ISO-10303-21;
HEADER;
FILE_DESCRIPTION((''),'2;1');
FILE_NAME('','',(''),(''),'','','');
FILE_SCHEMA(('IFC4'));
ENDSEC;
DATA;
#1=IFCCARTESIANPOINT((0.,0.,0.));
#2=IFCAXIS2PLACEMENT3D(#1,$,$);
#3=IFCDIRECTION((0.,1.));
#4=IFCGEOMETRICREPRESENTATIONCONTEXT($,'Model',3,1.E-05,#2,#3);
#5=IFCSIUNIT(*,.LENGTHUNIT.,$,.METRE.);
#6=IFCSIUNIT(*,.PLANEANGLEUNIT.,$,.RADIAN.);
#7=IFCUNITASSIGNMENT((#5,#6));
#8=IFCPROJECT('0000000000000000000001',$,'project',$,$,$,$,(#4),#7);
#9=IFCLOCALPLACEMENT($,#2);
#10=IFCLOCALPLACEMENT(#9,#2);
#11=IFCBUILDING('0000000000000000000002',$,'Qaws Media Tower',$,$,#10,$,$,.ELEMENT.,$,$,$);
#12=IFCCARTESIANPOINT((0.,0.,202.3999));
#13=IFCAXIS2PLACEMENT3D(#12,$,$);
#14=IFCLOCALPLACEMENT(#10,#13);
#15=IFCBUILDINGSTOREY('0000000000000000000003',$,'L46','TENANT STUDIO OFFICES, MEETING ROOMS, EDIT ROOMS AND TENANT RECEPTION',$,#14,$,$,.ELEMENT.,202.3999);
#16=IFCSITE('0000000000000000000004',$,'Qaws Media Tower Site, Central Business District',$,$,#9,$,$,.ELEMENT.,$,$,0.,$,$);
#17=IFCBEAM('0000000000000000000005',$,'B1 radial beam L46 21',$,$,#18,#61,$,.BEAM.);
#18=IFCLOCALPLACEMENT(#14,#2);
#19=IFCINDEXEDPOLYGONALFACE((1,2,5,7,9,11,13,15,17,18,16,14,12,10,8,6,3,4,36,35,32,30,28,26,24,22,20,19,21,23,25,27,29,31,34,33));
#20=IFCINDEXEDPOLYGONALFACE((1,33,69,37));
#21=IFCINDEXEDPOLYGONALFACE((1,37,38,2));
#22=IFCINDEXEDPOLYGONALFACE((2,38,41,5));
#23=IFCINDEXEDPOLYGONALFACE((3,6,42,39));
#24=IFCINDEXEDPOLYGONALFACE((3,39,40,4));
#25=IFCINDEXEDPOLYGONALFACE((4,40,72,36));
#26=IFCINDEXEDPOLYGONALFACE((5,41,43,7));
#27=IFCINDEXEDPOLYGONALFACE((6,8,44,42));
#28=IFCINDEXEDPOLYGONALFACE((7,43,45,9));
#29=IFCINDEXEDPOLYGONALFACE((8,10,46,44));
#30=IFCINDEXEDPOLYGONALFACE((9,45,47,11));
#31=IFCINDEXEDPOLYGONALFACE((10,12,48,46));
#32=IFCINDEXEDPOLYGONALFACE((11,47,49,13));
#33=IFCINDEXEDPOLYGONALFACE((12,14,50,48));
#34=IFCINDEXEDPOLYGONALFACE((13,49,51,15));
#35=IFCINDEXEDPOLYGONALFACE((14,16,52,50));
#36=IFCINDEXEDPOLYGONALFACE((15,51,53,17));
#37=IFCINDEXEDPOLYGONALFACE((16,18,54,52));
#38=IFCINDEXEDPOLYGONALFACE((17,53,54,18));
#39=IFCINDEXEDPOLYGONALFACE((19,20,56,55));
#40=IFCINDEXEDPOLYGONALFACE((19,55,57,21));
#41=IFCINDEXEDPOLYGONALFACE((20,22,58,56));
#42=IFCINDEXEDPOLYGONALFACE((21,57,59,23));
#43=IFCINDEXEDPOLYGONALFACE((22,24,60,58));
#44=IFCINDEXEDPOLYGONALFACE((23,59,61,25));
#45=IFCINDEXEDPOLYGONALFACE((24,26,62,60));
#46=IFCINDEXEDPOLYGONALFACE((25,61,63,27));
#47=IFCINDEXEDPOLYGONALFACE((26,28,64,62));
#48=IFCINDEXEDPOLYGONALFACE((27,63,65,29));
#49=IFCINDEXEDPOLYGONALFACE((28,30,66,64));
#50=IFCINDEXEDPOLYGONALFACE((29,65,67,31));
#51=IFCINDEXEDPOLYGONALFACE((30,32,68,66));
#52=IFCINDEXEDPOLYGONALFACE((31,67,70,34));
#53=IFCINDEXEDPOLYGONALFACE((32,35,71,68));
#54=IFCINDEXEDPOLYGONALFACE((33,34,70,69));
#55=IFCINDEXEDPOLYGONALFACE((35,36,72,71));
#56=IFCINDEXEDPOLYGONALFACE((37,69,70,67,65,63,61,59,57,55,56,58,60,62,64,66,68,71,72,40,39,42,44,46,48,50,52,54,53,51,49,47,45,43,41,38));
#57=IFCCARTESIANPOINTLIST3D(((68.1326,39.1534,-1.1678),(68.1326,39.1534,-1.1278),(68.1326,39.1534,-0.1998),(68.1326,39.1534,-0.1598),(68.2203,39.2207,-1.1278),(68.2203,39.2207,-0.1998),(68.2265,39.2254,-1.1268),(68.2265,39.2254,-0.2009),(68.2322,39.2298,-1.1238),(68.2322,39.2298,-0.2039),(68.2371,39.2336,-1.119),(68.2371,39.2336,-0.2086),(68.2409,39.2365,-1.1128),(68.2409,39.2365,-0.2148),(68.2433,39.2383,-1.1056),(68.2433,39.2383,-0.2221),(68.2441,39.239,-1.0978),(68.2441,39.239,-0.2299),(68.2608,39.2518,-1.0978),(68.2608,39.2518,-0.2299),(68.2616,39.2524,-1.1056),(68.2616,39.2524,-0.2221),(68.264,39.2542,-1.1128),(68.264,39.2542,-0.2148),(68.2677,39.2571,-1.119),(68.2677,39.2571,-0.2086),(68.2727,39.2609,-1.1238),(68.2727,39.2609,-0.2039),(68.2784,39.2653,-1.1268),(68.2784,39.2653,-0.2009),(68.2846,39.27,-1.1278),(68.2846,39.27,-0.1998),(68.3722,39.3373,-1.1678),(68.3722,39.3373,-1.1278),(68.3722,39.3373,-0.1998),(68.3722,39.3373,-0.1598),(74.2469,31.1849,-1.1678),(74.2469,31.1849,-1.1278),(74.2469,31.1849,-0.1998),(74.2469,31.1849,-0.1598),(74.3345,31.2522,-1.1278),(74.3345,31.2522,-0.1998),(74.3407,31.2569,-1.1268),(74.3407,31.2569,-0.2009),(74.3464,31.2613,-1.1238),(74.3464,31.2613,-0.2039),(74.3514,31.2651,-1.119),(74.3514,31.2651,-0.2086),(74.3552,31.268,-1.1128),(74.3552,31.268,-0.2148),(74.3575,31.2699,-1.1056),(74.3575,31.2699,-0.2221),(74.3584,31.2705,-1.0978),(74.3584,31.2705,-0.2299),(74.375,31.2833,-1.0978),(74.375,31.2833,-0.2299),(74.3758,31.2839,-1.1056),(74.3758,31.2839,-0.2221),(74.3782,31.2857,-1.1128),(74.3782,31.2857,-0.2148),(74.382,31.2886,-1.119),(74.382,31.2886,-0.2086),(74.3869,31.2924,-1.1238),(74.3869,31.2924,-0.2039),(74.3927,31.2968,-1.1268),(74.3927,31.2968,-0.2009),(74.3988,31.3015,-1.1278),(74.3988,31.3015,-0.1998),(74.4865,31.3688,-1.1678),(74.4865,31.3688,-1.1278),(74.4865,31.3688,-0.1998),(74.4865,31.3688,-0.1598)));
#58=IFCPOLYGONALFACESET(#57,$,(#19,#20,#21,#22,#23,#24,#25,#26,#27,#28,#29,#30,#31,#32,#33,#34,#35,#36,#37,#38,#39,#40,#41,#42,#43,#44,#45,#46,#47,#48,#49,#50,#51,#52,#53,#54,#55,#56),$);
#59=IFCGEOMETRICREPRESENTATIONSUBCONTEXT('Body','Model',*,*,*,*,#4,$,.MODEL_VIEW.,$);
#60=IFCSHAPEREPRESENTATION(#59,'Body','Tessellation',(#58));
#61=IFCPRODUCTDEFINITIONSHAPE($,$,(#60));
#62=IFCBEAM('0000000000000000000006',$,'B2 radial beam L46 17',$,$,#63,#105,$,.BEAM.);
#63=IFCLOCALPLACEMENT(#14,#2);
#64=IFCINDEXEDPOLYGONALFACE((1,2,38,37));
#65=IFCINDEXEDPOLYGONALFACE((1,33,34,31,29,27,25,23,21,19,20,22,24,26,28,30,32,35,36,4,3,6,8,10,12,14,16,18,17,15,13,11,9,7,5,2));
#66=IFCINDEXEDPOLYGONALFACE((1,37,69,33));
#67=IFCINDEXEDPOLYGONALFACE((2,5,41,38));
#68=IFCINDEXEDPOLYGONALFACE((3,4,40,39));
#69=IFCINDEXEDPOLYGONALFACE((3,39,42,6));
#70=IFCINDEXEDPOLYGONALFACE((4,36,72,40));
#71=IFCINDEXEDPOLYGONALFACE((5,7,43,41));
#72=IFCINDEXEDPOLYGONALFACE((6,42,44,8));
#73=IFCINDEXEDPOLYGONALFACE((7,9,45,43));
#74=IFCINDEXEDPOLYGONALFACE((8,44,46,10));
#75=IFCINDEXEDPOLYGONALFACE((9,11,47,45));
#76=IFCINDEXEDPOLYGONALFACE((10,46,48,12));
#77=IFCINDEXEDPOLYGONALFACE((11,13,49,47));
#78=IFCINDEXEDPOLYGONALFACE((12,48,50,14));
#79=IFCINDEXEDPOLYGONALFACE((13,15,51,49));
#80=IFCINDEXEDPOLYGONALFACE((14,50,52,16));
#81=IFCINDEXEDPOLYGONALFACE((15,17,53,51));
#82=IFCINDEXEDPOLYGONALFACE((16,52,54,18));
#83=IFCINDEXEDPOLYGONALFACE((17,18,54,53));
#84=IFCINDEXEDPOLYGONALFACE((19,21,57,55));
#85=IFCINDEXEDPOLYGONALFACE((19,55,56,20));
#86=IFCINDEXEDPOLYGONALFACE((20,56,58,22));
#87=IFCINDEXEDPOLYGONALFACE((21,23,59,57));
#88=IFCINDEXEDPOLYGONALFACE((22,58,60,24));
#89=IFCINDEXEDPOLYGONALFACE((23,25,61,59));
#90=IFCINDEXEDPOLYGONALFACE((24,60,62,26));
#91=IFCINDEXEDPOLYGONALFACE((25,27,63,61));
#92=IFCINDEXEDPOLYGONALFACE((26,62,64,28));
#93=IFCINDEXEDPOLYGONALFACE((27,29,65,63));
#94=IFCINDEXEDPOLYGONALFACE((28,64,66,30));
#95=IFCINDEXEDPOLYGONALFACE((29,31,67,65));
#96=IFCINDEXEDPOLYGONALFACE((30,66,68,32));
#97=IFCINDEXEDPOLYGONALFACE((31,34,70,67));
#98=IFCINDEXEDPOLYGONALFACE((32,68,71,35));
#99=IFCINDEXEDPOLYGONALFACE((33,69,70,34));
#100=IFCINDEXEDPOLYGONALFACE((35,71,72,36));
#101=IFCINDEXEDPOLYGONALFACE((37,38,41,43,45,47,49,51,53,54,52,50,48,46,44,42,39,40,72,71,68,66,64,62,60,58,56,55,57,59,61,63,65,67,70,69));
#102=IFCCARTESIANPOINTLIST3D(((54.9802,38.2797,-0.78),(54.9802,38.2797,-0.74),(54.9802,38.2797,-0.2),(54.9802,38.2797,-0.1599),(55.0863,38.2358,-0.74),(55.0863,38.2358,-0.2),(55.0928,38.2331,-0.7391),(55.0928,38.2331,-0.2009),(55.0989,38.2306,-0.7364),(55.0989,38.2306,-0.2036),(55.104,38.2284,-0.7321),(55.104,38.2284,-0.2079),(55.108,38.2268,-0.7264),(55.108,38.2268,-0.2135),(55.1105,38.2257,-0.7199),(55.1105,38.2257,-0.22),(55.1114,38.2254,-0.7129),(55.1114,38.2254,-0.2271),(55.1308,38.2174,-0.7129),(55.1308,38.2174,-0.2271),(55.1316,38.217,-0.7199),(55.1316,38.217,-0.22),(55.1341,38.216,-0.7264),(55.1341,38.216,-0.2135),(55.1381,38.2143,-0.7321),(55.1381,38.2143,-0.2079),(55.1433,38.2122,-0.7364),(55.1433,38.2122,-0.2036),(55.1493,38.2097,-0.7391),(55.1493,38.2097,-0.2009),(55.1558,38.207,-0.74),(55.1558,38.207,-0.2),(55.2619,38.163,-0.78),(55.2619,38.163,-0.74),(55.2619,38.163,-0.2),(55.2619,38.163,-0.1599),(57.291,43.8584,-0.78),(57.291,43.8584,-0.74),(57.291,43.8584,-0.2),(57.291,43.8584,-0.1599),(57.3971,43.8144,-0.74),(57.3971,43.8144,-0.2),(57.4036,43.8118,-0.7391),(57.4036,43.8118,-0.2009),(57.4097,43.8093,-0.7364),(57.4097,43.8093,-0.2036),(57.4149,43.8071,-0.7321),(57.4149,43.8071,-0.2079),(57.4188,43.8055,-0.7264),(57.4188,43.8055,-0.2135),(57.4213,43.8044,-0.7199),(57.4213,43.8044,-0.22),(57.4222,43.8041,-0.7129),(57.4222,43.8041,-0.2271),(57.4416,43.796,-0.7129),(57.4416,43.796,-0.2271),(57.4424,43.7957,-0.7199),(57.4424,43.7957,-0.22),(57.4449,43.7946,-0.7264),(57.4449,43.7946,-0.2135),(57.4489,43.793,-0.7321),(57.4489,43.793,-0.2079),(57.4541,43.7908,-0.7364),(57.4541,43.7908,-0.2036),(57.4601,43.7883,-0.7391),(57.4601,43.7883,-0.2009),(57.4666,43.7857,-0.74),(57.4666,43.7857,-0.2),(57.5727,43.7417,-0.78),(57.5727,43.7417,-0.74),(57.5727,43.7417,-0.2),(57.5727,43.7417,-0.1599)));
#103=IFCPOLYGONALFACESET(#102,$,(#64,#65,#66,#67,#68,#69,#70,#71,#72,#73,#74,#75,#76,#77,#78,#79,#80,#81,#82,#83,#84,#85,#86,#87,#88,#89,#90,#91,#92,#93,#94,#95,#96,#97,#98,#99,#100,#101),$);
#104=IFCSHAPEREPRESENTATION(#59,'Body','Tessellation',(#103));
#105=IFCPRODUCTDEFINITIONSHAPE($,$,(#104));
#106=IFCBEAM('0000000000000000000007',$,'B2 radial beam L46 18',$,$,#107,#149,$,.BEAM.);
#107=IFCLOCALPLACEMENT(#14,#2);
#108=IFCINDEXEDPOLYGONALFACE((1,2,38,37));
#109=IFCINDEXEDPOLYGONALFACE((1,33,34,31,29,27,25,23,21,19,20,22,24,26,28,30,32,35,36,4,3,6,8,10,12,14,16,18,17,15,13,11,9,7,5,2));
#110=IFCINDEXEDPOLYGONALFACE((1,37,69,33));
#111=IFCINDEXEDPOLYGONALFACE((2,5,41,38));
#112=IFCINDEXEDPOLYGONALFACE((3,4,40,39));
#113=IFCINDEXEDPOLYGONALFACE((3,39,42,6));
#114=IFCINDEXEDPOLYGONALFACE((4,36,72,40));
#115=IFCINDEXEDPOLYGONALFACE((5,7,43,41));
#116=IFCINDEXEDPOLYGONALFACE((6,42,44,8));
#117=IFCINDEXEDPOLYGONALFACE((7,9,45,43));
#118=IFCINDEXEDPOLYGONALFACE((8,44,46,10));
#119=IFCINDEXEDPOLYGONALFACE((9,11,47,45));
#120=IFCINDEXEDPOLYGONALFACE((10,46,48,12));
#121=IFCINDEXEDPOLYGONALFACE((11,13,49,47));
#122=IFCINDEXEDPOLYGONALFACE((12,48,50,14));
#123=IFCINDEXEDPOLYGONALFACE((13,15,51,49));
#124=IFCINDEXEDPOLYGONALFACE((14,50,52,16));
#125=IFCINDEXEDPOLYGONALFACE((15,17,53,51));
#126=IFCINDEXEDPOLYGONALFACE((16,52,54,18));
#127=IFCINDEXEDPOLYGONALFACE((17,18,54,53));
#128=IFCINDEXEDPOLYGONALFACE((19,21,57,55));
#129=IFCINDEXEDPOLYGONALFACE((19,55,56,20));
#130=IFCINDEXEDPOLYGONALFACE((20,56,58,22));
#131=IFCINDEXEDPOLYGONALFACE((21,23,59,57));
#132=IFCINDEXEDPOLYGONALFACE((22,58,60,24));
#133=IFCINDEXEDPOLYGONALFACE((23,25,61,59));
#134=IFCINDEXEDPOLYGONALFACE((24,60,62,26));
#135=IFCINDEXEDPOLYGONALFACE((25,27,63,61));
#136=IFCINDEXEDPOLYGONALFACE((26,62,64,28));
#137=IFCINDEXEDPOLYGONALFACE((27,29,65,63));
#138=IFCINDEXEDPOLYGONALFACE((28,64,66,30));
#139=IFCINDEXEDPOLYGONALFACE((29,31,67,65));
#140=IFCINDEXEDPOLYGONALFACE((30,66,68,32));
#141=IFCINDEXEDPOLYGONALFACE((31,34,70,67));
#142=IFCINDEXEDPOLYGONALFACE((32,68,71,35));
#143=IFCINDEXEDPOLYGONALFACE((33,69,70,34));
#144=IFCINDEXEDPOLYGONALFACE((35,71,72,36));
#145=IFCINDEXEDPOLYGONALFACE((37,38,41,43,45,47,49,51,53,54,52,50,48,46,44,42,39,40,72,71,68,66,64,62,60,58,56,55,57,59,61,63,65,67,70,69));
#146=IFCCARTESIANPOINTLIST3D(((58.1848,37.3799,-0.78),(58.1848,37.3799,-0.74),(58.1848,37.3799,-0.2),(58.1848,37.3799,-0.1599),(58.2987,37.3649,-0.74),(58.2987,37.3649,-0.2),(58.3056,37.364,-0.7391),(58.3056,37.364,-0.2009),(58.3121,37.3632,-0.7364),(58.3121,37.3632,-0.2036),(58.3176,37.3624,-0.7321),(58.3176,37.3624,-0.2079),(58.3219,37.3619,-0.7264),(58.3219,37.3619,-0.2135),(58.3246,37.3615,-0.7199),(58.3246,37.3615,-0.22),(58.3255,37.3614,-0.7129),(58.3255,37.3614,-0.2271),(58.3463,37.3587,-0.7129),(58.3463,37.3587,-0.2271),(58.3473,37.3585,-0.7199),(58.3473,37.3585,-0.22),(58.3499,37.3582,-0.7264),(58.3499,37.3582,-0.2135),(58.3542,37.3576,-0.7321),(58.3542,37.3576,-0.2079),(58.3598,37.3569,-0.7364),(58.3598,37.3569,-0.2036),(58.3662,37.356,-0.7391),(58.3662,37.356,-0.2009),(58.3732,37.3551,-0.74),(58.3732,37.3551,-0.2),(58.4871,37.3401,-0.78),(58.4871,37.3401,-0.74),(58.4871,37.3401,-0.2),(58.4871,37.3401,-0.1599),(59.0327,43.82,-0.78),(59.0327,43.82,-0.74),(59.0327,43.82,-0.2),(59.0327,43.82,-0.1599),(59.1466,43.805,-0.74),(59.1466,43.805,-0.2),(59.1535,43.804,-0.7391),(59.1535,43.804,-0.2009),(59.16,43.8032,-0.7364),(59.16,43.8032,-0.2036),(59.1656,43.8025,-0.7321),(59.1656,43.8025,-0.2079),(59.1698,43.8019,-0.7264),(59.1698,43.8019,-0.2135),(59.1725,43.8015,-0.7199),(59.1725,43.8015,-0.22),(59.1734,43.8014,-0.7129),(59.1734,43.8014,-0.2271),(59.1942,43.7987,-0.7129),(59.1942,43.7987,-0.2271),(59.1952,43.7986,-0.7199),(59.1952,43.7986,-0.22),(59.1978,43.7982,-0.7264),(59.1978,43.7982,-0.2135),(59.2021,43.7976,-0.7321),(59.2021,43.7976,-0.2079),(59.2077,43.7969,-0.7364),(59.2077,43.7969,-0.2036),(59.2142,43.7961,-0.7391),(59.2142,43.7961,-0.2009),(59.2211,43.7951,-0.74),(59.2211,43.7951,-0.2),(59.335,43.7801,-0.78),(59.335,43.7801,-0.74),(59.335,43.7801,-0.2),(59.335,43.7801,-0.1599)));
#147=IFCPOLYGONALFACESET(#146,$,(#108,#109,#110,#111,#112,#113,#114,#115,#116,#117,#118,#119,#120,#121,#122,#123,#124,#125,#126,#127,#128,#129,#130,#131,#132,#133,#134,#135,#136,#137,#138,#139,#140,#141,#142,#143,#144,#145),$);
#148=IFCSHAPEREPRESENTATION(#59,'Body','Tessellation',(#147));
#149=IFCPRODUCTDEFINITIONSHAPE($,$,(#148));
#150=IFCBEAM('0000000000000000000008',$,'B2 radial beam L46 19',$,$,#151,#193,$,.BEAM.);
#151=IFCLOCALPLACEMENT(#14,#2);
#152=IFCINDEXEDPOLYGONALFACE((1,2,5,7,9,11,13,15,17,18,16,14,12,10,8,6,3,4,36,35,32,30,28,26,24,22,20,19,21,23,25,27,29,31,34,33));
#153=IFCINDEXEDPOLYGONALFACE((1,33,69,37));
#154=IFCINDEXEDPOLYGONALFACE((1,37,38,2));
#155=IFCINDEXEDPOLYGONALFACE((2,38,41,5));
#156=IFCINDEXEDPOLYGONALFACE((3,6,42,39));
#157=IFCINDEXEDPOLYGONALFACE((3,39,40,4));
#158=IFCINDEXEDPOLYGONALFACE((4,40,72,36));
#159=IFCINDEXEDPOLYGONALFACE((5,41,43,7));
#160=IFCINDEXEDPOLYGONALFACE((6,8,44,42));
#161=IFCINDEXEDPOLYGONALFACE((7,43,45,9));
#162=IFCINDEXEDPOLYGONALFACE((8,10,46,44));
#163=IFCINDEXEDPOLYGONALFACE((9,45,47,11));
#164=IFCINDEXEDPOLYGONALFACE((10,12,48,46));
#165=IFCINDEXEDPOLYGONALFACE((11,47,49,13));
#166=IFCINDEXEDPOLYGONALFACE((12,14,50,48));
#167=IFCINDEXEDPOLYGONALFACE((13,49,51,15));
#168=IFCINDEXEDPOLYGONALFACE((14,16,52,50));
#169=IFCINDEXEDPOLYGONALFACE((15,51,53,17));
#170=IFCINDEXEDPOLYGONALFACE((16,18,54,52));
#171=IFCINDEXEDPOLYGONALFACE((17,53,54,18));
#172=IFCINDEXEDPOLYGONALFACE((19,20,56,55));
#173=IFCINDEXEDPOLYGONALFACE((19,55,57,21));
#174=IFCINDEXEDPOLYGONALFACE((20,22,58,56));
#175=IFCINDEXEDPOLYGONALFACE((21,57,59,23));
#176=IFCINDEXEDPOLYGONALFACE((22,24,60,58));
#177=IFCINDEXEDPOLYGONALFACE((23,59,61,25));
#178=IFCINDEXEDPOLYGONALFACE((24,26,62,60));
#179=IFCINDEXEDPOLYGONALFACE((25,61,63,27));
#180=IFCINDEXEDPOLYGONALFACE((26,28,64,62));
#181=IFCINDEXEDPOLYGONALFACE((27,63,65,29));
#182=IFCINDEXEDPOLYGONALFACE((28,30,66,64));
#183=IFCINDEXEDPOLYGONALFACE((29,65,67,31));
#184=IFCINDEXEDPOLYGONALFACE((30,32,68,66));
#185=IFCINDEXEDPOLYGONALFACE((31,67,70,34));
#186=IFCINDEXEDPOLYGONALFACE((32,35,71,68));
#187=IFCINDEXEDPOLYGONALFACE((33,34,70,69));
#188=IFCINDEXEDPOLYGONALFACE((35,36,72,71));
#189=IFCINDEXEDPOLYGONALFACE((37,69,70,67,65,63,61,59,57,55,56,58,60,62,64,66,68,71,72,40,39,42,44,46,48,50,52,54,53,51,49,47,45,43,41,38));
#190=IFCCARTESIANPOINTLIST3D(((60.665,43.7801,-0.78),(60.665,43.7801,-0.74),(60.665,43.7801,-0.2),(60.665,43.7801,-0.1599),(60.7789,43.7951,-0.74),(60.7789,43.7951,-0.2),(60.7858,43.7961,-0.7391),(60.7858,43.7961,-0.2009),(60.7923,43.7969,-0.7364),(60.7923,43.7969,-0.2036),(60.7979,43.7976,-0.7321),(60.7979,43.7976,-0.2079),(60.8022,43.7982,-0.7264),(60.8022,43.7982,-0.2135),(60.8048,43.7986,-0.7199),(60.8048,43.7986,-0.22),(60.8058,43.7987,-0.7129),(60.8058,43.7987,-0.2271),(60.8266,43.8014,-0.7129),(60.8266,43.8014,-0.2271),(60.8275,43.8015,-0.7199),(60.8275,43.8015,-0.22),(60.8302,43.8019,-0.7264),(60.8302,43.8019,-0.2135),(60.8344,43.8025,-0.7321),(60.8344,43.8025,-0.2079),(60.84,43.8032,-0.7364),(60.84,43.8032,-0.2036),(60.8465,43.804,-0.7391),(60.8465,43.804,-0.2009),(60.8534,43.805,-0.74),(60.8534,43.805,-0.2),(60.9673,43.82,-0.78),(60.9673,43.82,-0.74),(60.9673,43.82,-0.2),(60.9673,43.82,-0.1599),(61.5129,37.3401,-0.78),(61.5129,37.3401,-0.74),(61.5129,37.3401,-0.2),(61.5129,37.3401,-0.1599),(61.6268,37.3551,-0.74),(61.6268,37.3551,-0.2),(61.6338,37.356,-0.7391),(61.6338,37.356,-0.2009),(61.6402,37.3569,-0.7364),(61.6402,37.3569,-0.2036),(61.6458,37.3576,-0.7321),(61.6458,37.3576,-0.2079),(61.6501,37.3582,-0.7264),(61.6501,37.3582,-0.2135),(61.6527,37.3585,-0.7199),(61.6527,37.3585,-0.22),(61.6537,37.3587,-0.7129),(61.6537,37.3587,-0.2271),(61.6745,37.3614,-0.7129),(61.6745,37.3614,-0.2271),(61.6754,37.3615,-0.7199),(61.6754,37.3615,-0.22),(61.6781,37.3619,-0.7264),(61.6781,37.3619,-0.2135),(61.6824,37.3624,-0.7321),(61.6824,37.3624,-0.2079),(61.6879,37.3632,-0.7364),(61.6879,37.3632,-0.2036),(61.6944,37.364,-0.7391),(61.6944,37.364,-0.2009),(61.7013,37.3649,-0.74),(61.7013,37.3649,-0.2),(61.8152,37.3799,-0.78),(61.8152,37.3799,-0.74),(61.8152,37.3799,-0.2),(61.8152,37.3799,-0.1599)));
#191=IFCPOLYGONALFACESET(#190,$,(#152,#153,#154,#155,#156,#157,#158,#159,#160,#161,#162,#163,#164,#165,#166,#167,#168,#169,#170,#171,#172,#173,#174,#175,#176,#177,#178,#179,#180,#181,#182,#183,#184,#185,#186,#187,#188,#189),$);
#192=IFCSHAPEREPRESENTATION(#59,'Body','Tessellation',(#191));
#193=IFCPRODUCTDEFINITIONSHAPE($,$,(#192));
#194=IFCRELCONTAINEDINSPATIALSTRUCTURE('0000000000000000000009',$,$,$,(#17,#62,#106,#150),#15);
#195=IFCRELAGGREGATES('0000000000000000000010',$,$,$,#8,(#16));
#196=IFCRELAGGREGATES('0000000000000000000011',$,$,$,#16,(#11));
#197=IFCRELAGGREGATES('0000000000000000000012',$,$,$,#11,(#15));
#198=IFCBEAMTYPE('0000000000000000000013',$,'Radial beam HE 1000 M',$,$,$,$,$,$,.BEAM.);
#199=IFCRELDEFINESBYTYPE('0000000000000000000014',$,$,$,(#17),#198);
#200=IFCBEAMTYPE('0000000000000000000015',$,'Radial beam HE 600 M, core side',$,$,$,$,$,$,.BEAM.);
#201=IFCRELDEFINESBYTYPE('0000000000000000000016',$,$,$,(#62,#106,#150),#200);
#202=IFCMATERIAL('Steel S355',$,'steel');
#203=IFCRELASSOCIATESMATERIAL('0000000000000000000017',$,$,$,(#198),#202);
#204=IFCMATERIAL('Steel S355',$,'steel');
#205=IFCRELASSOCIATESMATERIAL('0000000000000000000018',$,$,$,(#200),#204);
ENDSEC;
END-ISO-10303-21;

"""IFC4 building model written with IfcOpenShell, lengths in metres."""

from ifc_helpers import new_model, si_unit, direction, frame, origin, origin_2d, place, context, subcontext, project, spatial, i_section, extrude, material, material_profile, profile_set, type_object, element, save


model = new_model("IFC4")

# Units and contexts
model_context = context("Model", 3, precision=1e-05, world=origin(), true_north=direction((0.0, 1.0)))
body_context = subcontext(model_context, "Body", "Model", "MODEL_VIEW")
ifc_project = project(units=[si_unit("LENGTHUNIT", "METRE"), si_unit("PLANEANGLEUNIT", "RADIAN")], contexts=[model_context])

# Site, building, storey
site_placement = place(None, origin())
site = spatial("IfcSite", under=ifc_project, at=site_placement, Name="Qaws Media Tower Site, Central Business District", CompositionType="ELEMENT", RefElevation=0.0)
building_placement = place(site_placement, origin())
building = spatial("IfcBuilding", under=site, at=building_placement, Name="Qaws Media Tower", CompositionType="ELEMENT")
storey_placement = place(building_placement, frame((0.0, 0.0, 202.3999)))
storey = spatial("IfcBuildingStorey", under=building, at=storey_placement, Name="L46", Description="TENANT STUDIO OFFICES, MEETING ROOMS, EDIT ROOMS AND TENANT RECEPTION", CompositionType="ELEMENT", Elevation=202.3999)

# Beams
ifc_material_1 = material(Name="Steel S355", Category="steel")
ifc_material_profile_1 = material_profile(ifc_material_1, i_section(OverallWidth=0.302, OverallDepth=1.0081, WebThickness=0.021, FlangeThickness=0.04, FilletRadius=0.03, at=origin_2d()), Name="HE 1000 M")
ifc_profile_set_1 = profile_set([ifc_material_profile_1], Name="Steel S355")
beam_type_1 = type_object("IfcBeamType", Name="Radial beam HE 1000 M", PredefinedType="BEAM", material=ifc_profile_set_1)
beam_1_placement = place(storey_placement, frame((68.2524, 39.2454, -0.6638), z_axis=(0.608749, -0.793363, 0.0), x_axis=(0.793363, 0.608749, 0.0)))
element("IfcBeam", 1, at=beam_1_placement, inside=storey, type_object=beam_type_1, Name="B1 radial beam L46 21", PredefinedType="BEAM", context=body_context, shape_type="SweptSolid", body=[
    extrude(i_section(OverallWidth=0.302, OverallDepth=1.0081, WebThickness=0.021, FlangeThickness=0.04, FilletRadius=0.03, at=origin_2d()), origin(), (0.0, 0.0, 1.0), 10.0439),
])
ifc_material_2 = material(Name="Steel S355", Category="steel")
ifc_material_profile_2 = material_profile(ifc_material_2, i_section(OverallWidth=0.3049, OverallDepth=0.6201, WebThickness=0.021, FlangeThickness=0.04, FilletRadius=0.0271, at=origin_2d()), Name="HE 600 M")
ifc_profile_set_2 = profile_set([ifc_material_profile_2], Name="Steel S355")
beam_type_2 = type_object("IfcBeamType", Name="Radial beam HE 600 M, core side", PredefinedType="BEAM", material=ifc_profile_set_2)
beam_2_placement = place(storey_placement, frame((57.4319, 43.8, -0.47), z_axis=(-0.382691, -0.923876, 0.0), x_axis=(0.923876, -0.382691, 0.0)))
element("IfcBeam", 2, at=beam_2_placement, inside=storey, type_object=beam_type_2, Name="B2 radial beam L46 17", PredefinedType="BEAM", context=body_context, shape_type="SweptSolid", body=[
    extrude(i_section(OverallWidth=0.3049, OverallDepth=0.6201, WebThickness=0.021, FlangeThickness=0.04, FilletRadius=0.0271, at=origin_2d()), origin(), (0.0, 0.0, 1.0), 6.0383),
])
for number, where, z_axis, x_axis, name in (
    (3, (59.1838, 43.8, -0.47), (-0.130536, -0.991444, 0.0), (0.991444, -0.130536, 0.0), "B2 radial beam L46 18"),
    (4, (60.8162, 43.8, -0.47), (0.130536, -0.991444, 0.0), (0.991444, 0.130536, 0.0), "B2 radial beam L46 19"),
):
    element("IfcBeam", number, at=place(storey_placement, frame(where, z_axis=z_axis, x_axis=x_axis)), inside=storey, type_object=beam_type_2, Name=name, PredefinedType="BEAM", context=body_context, shape_type="SweptSolid", body=[
        extrude(i_section(OverallWidth=0.3049, OverallDepth=0.6201, WebThickness=0.021, FlangeThickness=0.04, FilletRadius=0.0271, at=origin_2d()), origin(), (0.0, 0.0, 1.0), 6.4956),
    ])

save(model, "model.ifc")
